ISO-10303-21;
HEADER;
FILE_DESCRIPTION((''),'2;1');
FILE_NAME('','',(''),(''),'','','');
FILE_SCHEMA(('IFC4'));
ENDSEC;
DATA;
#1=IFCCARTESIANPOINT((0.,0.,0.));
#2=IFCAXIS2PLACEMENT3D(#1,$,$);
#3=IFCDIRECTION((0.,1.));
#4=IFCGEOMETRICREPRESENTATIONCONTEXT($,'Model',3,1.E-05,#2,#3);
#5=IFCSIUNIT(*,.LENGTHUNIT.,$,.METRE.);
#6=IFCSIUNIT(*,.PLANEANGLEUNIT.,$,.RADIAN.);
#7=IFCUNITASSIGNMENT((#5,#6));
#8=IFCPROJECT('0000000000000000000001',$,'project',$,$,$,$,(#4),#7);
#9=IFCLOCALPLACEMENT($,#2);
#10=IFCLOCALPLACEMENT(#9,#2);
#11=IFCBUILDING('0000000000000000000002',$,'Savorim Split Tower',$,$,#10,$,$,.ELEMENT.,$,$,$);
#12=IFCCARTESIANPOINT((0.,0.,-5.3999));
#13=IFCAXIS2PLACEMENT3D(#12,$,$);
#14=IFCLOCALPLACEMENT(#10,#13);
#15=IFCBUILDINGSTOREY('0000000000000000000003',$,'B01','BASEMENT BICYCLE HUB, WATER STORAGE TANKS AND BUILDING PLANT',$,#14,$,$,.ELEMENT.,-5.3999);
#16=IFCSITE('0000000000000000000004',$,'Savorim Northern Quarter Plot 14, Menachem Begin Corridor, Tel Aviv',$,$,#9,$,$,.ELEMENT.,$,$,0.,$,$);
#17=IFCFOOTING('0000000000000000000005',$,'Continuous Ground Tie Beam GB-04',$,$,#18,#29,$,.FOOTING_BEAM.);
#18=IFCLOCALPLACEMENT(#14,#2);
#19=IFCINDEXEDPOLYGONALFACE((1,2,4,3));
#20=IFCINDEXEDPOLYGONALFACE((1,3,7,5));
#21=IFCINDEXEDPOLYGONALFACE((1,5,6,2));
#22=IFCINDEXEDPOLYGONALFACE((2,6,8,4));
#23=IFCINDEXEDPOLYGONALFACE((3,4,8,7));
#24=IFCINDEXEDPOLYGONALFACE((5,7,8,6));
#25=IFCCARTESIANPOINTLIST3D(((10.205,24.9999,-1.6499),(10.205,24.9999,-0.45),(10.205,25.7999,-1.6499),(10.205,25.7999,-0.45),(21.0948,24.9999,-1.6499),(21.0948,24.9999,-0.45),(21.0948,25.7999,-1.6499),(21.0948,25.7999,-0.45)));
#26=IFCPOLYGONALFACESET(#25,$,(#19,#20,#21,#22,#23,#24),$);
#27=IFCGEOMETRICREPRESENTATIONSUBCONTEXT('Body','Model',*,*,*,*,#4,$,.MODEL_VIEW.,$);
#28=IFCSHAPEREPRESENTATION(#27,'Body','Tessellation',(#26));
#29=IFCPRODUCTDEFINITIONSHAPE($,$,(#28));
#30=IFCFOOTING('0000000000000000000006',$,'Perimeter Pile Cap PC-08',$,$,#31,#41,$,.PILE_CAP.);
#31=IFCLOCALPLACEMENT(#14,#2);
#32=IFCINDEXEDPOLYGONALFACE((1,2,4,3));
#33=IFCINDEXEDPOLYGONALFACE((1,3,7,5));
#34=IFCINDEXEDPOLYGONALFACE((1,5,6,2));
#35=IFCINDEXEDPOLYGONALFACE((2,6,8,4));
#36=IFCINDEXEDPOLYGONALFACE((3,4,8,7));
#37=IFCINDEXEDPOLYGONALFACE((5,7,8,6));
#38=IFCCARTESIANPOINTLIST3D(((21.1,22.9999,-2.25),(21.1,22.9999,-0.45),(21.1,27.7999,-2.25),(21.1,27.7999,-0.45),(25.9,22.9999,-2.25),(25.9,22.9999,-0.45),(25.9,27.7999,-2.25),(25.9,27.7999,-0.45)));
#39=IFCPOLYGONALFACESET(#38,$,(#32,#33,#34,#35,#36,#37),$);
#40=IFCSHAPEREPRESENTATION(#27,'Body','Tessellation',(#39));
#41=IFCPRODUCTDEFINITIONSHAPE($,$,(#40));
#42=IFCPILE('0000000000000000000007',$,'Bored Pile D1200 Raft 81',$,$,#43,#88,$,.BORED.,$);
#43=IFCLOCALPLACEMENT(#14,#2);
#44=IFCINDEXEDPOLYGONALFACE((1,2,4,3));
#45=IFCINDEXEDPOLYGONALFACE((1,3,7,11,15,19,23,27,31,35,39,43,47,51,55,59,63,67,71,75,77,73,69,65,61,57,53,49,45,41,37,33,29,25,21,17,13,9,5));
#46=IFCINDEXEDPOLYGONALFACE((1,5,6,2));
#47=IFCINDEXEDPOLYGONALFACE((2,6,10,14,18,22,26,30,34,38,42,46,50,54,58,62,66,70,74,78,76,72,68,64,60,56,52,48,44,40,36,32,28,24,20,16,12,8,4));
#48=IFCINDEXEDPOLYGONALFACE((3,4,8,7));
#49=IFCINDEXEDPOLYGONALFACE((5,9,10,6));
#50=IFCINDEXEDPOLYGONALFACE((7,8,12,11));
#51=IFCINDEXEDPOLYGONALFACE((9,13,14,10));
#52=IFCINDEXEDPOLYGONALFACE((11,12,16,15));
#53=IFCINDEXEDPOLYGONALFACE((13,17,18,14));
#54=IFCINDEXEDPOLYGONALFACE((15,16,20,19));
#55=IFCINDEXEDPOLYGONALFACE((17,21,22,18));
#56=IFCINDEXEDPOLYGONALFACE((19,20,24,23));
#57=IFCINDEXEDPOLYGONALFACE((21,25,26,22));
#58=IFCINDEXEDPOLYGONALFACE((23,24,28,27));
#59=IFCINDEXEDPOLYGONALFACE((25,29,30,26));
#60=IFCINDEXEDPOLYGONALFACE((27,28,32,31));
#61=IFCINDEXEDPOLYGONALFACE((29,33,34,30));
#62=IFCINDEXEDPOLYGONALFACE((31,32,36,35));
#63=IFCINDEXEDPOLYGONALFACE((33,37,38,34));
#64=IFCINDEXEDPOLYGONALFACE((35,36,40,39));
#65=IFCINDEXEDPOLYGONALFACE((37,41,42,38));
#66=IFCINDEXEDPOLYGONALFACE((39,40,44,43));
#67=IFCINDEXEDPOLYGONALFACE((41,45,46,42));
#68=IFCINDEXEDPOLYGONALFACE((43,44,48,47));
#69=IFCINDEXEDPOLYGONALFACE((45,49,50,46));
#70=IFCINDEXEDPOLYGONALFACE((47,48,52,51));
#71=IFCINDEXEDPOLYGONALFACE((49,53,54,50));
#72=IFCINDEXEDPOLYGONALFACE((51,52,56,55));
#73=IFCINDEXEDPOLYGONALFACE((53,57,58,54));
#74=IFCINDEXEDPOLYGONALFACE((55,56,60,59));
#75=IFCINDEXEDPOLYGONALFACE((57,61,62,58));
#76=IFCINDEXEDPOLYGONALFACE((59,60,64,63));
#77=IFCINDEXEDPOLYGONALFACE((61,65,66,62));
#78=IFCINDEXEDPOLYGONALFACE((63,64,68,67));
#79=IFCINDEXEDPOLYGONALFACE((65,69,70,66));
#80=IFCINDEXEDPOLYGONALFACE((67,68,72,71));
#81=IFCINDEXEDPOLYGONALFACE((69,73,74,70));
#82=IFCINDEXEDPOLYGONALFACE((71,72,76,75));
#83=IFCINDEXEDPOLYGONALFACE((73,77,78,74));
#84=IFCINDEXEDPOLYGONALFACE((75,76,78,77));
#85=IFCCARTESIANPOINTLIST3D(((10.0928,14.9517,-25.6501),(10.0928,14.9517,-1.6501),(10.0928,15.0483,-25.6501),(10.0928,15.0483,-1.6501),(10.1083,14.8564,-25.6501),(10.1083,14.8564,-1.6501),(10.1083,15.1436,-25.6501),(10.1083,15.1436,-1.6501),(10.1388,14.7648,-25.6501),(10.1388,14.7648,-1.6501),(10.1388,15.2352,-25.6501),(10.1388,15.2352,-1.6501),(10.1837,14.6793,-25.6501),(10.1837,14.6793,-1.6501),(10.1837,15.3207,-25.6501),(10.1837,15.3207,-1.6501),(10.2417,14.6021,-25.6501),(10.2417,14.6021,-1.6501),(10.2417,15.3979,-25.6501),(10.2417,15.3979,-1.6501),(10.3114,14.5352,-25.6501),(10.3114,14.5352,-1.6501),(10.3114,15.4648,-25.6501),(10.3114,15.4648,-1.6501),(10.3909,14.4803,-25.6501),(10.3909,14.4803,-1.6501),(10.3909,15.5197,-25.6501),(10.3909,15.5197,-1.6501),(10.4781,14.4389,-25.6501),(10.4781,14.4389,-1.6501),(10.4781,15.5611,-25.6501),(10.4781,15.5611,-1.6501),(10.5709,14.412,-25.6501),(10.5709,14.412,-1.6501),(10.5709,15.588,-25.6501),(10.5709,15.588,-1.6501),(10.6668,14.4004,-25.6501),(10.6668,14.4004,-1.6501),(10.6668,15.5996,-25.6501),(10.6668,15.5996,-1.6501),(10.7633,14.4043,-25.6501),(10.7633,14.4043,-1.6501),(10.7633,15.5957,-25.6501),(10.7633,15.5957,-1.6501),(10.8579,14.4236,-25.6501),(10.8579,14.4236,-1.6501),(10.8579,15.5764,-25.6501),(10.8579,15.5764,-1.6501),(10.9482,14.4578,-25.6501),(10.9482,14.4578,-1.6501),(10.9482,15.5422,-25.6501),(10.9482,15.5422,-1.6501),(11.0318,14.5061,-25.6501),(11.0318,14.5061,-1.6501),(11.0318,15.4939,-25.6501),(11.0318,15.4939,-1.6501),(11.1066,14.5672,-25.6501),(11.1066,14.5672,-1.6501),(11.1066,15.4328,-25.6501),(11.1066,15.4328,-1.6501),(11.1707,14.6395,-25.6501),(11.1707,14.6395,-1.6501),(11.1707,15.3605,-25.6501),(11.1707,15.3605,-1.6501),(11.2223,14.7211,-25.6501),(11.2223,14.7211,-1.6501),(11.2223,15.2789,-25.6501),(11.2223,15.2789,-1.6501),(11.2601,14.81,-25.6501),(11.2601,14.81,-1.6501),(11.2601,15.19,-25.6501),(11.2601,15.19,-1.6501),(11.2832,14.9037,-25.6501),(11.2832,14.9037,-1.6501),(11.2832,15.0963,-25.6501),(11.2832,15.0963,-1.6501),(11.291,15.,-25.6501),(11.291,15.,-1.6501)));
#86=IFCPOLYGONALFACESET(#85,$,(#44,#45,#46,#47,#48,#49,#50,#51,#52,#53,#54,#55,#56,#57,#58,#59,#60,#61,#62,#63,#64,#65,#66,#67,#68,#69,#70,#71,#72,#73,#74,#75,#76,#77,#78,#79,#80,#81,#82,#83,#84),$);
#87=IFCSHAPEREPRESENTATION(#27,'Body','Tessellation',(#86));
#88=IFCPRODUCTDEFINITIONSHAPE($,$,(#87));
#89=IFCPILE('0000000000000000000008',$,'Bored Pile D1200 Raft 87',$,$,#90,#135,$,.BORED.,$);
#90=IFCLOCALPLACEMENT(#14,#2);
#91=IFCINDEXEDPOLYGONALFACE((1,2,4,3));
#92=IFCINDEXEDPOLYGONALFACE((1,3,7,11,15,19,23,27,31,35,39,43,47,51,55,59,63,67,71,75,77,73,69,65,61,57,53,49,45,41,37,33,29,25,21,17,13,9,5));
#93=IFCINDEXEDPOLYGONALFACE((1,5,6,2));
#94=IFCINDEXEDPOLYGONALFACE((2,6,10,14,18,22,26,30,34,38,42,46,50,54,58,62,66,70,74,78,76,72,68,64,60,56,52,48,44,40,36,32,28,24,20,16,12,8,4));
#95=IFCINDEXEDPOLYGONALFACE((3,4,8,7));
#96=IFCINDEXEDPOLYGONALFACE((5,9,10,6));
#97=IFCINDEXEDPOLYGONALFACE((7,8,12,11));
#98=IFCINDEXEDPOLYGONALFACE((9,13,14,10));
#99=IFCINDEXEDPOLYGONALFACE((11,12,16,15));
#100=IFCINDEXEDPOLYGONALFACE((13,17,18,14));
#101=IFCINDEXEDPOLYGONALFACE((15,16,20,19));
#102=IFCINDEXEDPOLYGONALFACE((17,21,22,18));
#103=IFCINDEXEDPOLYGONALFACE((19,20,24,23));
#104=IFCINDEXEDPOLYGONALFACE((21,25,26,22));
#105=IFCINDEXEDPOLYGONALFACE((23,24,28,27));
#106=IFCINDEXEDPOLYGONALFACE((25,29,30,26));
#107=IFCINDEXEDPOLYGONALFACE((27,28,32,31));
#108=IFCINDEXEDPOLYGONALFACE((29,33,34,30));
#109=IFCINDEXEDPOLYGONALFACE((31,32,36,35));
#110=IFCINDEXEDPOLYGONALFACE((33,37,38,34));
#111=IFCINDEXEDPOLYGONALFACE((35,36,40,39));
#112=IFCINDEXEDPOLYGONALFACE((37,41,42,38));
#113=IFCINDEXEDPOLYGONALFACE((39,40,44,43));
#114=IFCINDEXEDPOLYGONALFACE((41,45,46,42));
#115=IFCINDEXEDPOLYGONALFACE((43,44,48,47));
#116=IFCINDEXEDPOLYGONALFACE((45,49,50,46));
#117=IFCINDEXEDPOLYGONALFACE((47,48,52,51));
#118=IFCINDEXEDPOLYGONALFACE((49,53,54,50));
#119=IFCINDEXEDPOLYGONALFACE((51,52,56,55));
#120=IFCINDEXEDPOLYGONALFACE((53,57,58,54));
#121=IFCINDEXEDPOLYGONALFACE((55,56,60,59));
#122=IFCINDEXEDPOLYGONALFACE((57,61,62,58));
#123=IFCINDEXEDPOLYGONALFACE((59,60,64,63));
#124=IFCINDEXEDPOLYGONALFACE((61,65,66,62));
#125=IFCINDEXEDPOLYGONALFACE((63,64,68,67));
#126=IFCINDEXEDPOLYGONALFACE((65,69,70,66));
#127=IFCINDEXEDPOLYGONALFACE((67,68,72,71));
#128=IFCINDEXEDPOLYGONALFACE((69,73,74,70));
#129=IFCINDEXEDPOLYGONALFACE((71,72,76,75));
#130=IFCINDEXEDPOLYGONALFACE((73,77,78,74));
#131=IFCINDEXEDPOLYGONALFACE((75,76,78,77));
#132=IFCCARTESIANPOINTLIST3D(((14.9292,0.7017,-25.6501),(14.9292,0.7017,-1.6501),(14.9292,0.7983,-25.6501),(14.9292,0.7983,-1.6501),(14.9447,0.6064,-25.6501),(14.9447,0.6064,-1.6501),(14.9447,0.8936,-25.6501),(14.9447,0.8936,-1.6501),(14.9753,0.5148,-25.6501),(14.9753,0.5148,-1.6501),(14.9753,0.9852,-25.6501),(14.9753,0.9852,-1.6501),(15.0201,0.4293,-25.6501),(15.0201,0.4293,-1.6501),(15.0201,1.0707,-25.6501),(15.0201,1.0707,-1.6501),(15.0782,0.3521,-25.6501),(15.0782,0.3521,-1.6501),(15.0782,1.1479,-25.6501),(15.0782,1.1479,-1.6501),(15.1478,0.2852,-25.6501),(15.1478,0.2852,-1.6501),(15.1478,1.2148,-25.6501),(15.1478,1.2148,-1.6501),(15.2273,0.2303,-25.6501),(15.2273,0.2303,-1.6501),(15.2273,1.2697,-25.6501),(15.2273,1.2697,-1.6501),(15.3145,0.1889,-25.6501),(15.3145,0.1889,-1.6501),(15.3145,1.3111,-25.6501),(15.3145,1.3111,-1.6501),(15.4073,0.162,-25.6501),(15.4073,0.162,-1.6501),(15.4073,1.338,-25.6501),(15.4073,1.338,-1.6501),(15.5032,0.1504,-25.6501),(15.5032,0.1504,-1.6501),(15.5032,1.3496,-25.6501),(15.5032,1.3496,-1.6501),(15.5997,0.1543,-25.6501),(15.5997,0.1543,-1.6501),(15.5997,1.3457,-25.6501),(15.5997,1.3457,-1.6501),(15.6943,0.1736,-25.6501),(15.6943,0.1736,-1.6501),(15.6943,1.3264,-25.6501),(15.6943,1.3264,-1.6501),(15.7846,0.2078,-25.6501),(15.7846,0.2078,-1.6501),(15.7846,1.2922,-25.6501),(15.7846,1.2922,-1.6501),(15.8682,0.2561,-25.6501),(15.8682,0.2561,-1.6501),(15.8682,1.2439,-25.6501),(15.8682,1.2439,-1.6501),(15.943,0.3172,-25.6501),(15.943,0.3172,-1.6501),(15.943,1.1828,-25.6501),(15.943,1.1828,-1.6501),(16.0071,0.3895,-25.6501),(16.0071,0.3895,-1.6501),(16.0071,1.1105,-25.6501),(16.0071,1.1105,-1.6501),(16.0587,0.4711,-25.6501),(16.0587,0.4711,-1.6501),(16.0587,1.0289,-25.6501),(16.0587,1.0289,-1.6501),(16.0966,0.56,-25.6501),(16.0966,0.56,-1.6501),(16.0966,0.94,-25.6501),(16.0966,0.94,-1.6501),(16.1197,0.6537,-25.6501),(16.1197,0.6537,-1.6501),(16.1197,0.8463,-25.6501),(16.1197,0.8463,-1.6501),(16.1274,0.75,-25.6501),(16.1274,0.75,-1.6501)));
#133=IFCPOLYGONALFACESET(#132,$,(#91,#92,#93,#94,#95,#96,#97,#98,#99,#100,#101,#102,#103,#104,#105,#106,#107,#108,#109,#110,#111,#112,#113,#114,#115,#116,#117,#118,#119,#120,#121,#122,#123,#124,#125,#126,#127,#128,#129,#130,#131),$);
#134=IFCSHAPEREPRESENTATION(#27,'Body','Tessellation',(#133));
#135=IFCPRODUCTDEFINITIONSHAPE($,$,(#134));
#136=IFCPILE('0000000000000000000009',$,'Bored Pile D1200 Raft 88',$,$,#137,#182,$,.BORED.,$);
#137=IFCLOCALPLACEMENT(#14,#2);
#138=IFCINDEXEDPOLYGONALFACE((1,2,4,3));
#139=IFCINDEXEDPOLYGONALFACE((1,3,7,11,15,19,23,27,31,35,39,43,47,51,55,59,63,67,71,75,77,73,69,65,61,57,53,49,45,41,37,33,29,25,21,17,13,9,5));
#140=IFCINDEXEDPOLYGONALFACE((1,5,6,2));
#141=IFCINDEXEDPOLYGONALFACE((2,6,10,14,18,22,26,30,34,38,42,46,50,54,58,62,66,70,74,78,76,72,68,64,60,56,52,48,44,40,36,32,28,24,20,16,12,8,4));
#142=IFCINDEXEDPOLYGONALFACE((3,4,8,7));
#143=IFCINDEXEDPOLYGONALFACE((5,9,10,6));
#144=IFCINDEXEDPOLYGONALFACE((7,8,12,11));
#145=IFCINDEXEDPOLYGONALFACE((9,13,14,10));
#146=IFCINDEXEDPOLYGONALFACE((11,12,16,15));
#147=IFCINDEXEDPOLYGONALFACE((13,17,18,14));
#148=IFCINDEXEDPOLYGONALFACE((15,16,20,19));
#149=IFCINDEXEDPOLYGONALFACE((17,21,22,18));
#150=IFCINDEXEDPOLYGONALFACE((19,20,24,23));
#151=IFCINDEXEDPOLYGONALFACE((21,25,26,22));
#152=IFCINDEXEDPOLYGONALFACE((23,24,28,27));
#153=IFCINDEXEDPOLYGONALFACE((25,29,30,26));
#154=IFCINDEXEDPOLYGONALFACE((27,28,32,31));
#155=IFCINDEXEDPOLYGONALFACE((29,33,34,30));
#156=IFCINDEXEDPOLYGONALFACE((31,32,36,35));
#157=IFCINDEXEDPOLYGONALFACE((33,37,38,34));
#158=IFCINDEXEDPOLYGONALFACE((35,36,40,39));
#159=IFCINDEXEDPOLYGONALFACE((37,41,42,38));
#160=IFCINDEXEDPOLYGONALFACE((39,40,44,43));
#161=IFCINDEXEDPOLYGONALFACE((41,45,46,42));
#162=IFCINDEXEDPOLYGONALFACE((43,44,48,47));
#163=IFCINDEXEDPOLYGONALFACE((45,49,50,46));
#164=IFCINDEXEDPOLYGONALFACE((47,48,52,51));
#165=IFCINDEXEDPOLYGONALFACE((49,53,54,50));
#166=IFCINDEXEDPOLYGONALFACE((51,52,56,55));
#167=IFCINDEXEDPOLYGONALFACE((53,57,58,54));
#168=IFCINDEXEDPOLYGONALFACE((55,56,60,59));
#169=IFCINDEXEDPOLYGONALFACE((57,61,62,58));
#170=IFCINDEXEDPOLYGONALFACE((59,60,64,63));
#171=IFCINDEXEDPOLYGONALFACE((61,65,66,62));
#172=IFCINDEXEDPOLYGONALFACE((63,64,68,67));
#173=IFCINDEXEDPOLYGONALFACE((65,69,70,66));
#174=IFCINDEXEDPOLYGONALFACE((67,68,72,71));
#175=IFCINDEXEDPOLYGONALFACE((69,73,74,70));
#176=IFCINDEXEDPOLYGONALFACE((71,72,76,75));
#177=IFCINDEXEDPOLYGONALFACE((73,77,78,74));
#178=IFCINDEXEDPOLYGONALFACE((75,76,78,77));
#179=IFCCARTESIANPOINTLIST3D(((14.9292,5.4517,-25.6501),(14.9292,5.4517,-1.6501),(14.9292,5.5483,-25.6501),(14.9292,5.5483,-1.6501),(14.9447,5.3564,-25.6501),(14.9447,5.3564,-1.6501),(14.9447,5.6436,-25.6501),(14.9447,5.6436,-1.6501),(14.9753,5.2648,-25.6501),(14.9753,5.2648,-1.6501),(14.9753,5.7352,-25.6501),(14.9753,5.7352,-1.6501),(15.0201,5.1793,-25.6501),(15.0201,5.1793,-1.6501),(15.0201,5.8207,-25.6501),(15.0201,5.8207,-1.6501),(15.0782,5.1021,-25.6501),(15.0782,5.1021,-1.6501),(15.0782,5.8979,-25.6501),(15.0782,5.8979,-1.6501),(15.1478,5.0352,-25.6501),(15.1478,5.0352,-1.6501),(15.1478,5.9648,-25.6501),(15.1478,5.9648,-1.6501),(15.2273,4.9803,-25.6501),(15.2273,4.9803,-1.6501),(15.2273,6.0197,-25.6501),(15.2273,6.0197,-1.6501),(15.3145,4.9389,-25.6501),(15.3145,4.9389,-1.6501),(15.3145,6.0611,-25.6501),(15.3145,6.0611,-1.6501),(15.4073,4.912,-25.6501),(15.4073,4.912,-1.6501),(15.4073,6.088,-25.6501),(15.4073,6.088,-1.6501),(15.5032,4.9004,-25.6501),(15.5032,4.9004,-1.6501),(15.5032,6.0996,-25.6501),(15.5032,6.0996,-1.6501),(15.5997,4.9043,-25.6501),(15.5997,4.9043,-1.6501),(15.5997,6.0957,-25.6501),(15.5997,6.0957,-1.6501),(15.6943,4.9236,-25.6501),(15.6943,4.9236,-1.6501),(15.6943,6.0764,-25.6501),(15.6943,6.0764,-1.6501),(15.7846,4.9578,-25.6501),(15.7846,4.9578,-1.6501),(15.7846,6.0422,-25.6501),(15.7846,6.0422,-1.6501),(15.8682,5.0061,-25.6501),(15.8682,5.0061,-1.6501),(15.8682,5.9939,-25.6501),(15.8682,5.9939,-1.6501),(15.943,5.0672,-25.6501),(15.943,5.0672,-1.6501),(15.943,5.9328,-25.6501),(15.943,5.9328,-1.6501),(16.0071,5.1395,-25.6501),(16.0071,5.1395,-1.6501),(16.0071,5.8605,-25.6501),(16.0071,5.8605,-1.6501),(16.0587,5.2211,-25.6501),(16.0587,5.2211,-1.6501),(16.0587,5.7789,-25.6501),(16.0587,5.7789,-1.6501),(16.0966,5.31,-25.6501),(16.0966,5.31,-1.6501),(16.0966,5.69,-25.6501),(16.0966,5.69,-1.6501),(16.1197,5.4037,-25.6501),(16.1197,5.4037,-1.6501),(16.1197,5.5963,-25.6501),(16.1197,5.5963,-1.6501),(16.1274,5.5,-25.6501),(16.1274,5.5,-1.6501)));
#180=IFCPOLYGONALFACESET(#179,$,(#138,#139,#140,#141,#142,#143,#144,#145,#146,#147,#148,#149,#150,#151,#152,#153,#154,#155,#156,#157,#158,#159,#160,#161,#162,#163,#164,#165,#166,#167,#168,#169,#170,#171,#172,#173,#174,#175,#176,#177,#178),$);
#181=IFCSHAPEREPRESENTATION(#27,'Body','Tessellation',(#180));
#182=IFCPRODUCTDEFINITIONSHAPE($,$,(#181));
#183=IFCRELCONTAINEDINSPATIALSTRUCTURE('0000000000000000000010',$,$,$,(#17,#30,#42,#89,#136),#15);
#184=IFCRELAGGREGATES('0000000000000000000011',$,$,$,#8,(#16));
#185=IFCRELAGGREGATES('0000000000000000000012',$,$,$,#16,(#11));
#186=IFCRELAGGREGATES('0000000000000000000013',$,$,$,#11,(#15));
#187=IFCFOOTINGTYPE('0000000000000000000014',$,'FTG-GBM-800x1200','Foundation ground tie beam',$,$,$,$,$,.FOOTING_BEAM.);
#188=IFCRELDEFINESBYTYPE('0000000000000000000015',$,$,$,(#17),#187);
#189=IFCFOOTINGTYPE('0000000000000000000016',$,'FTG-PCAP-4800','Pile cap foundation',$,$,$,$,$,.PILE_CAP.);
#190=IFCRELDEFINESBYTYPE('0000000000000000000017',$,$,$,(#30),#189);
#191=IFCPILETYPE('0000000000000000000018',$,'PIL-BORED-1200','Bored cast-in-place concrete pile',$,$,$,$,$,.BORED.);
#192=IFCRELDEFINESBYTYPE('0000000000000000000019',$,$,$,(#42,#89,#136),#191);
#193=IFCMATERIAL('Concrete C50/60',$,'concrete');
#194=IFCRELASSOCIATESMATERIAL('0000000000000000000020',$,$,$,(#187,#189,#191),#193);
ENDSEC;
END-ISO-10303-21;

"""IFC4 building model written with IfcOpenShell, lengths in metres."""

from ifc_helpers import new_model, si_unit, direction, frame, origin, origin_2d, place, context, subcontext, project, spatial, rectangle, circle, extrude, material, material_profile, profile_set, type_object, element, save


model = new_model("IFC4")

# Units and contexts
model_context = context("Model", 3, precision=1e-05, world=origin(), true_north=direction((0.0, 1.0)))
body_context = subcontext(model_context, "Body", "Model", "MODEL_VIEW")
ifc_project = project(units=[si_unit("LENGTHUNIT", "METRE"), si_unit("PLANEANGLEUNIT", "RADIAN")], contexts=[model_context])

# Site, building, storey
site_placement = place(None, origin())
site = spatial("IfcSite", under=ifc_project, at=site_placement, Name="Savorim Northern Quarter Plot 14, Menachem Begin Corridor, Tel Aviv", CompositionType="ELEMENT", RefElevation=0.0)
building_placement = place(site_placement, origin())
building = spatial("IfcBuilding", under=site, at=building_placement, Name="Savorim Split Tower", CompositionType="ELEMENT")
storey_placement = place(building_placement, frame((0.0, 0.0, -5.3999)))
storey = spatial("IfcBuildingStorey", under=building, at=storey_placement, Name="B01", Description="BASEMENT BICYCLE HUB, WATER STORAGE TANKS AND BUILDING PLANT", CompositionType="ELEMENT", Elevation=-5.3999)

# Footings
ifc_material_1 = material(Name="Concrete C50/60", Category="concrete")
footing_type_1 = type_object("IfcFootingType", Name="FTG-GBM-800x1200", Description="Foundation ground tie beam", PredefinedType="FOOTING_BEAM", material=ifc_material_1)
footing_1_placement = place(storey_placement, frame((15.6499, 25.3999, -1.6499), z_axis=(0.0, 0.0, 1.0), x_axis=(1.0, 0.0, 0.0)))
element("IfcFooting", 1, at=footing_1_placement, inside=storey, type_object=footing_type_1, Name="Continuous Ground Tie Beam GB-04", PredefinedType="FOOTING_BEAM", context=body_context, shape_type="SweptSolid", body=[
    extrude(rectangle(XDim=10.8899, YDim=0.8, at=origin_2d()), origin(), (0.0, 0.0, 1.0), 1.2),
])
footing_type_2 = type_object("IfcFootingType", Name="FTG-PCAP-4800", Description="Pile cap foundation", PredefinedType="PILE_CAP", material=ifc_material_1)
footing_2_placement = place(storey_placement, frame((23.5, 25.3999, -2.25), z_axis=(0.0, 0.0, 1.0), x_axis=(1.0, 0.0, 0.0)))
element("IfcFooting", 2, at=footing_2_placement, inside=storey, type_object=footing_type_2, Name="Perimeter Pile Cap PC-08", PredefinedType="PILE_CAP", context=body_context, shape_type="SweptSolid", body=[
    extrude(rectangle(XDim=4.8, YDim=4.8, at=origin_2d()), origin(), (0.0, 0.0, 1.0), 1.8),
])

# Piles
ifc_material_profile_1 = material_profile(ifc_material_1, circle(Radius=0.6001, at=origin_2d()), Name="PILE D1200")
ifc_profile_set_1 = profile_set([ifc_material_profile_1], Name="Concrete C50/60")
pile_type = type_object("IfcPileType", Name="PIL-BORED-1200", Description="Bored cast-in-place concrete pile", PredefinedType="BORED", material=ifc_profile_set_1)
for number, where, z_axis, x_axis, name in (
    (3, (10.6909, 15.0, -1.6501), (0.0, 0.0, -1.0), (1.0, 0.0, 0.0), "Bored Pile D1200 Raft 81"),
    (4, (15.5273, 0.75, -1.6501), (0.0, 0.0, -1.0), (1.0, 0.0, 0.0), "Bored Pile D1200 Raft 87"),
    (5, (15.5273, 5.5, -1.6501), (0.0, 0.0, -1.0), (1.0, 0.0, 0.0), "Bored Pile D1200 Raft 88"),
):
    element("IfcPile", number, at=place(storey_placement, frame(where, z_axis=z_axis, x_axis=x_axis)), inside=storey, type_object=pile_type, Name=name, PredefinedType="BORED", context=body_context, shape_type="SweptSolid", body=[
        extrude(circle(Radius=0.6001, at=origin_2d()), origin(), (0.0, 0.0, 1.0), 24.0),
    ])

save(model, "model.ifc")
